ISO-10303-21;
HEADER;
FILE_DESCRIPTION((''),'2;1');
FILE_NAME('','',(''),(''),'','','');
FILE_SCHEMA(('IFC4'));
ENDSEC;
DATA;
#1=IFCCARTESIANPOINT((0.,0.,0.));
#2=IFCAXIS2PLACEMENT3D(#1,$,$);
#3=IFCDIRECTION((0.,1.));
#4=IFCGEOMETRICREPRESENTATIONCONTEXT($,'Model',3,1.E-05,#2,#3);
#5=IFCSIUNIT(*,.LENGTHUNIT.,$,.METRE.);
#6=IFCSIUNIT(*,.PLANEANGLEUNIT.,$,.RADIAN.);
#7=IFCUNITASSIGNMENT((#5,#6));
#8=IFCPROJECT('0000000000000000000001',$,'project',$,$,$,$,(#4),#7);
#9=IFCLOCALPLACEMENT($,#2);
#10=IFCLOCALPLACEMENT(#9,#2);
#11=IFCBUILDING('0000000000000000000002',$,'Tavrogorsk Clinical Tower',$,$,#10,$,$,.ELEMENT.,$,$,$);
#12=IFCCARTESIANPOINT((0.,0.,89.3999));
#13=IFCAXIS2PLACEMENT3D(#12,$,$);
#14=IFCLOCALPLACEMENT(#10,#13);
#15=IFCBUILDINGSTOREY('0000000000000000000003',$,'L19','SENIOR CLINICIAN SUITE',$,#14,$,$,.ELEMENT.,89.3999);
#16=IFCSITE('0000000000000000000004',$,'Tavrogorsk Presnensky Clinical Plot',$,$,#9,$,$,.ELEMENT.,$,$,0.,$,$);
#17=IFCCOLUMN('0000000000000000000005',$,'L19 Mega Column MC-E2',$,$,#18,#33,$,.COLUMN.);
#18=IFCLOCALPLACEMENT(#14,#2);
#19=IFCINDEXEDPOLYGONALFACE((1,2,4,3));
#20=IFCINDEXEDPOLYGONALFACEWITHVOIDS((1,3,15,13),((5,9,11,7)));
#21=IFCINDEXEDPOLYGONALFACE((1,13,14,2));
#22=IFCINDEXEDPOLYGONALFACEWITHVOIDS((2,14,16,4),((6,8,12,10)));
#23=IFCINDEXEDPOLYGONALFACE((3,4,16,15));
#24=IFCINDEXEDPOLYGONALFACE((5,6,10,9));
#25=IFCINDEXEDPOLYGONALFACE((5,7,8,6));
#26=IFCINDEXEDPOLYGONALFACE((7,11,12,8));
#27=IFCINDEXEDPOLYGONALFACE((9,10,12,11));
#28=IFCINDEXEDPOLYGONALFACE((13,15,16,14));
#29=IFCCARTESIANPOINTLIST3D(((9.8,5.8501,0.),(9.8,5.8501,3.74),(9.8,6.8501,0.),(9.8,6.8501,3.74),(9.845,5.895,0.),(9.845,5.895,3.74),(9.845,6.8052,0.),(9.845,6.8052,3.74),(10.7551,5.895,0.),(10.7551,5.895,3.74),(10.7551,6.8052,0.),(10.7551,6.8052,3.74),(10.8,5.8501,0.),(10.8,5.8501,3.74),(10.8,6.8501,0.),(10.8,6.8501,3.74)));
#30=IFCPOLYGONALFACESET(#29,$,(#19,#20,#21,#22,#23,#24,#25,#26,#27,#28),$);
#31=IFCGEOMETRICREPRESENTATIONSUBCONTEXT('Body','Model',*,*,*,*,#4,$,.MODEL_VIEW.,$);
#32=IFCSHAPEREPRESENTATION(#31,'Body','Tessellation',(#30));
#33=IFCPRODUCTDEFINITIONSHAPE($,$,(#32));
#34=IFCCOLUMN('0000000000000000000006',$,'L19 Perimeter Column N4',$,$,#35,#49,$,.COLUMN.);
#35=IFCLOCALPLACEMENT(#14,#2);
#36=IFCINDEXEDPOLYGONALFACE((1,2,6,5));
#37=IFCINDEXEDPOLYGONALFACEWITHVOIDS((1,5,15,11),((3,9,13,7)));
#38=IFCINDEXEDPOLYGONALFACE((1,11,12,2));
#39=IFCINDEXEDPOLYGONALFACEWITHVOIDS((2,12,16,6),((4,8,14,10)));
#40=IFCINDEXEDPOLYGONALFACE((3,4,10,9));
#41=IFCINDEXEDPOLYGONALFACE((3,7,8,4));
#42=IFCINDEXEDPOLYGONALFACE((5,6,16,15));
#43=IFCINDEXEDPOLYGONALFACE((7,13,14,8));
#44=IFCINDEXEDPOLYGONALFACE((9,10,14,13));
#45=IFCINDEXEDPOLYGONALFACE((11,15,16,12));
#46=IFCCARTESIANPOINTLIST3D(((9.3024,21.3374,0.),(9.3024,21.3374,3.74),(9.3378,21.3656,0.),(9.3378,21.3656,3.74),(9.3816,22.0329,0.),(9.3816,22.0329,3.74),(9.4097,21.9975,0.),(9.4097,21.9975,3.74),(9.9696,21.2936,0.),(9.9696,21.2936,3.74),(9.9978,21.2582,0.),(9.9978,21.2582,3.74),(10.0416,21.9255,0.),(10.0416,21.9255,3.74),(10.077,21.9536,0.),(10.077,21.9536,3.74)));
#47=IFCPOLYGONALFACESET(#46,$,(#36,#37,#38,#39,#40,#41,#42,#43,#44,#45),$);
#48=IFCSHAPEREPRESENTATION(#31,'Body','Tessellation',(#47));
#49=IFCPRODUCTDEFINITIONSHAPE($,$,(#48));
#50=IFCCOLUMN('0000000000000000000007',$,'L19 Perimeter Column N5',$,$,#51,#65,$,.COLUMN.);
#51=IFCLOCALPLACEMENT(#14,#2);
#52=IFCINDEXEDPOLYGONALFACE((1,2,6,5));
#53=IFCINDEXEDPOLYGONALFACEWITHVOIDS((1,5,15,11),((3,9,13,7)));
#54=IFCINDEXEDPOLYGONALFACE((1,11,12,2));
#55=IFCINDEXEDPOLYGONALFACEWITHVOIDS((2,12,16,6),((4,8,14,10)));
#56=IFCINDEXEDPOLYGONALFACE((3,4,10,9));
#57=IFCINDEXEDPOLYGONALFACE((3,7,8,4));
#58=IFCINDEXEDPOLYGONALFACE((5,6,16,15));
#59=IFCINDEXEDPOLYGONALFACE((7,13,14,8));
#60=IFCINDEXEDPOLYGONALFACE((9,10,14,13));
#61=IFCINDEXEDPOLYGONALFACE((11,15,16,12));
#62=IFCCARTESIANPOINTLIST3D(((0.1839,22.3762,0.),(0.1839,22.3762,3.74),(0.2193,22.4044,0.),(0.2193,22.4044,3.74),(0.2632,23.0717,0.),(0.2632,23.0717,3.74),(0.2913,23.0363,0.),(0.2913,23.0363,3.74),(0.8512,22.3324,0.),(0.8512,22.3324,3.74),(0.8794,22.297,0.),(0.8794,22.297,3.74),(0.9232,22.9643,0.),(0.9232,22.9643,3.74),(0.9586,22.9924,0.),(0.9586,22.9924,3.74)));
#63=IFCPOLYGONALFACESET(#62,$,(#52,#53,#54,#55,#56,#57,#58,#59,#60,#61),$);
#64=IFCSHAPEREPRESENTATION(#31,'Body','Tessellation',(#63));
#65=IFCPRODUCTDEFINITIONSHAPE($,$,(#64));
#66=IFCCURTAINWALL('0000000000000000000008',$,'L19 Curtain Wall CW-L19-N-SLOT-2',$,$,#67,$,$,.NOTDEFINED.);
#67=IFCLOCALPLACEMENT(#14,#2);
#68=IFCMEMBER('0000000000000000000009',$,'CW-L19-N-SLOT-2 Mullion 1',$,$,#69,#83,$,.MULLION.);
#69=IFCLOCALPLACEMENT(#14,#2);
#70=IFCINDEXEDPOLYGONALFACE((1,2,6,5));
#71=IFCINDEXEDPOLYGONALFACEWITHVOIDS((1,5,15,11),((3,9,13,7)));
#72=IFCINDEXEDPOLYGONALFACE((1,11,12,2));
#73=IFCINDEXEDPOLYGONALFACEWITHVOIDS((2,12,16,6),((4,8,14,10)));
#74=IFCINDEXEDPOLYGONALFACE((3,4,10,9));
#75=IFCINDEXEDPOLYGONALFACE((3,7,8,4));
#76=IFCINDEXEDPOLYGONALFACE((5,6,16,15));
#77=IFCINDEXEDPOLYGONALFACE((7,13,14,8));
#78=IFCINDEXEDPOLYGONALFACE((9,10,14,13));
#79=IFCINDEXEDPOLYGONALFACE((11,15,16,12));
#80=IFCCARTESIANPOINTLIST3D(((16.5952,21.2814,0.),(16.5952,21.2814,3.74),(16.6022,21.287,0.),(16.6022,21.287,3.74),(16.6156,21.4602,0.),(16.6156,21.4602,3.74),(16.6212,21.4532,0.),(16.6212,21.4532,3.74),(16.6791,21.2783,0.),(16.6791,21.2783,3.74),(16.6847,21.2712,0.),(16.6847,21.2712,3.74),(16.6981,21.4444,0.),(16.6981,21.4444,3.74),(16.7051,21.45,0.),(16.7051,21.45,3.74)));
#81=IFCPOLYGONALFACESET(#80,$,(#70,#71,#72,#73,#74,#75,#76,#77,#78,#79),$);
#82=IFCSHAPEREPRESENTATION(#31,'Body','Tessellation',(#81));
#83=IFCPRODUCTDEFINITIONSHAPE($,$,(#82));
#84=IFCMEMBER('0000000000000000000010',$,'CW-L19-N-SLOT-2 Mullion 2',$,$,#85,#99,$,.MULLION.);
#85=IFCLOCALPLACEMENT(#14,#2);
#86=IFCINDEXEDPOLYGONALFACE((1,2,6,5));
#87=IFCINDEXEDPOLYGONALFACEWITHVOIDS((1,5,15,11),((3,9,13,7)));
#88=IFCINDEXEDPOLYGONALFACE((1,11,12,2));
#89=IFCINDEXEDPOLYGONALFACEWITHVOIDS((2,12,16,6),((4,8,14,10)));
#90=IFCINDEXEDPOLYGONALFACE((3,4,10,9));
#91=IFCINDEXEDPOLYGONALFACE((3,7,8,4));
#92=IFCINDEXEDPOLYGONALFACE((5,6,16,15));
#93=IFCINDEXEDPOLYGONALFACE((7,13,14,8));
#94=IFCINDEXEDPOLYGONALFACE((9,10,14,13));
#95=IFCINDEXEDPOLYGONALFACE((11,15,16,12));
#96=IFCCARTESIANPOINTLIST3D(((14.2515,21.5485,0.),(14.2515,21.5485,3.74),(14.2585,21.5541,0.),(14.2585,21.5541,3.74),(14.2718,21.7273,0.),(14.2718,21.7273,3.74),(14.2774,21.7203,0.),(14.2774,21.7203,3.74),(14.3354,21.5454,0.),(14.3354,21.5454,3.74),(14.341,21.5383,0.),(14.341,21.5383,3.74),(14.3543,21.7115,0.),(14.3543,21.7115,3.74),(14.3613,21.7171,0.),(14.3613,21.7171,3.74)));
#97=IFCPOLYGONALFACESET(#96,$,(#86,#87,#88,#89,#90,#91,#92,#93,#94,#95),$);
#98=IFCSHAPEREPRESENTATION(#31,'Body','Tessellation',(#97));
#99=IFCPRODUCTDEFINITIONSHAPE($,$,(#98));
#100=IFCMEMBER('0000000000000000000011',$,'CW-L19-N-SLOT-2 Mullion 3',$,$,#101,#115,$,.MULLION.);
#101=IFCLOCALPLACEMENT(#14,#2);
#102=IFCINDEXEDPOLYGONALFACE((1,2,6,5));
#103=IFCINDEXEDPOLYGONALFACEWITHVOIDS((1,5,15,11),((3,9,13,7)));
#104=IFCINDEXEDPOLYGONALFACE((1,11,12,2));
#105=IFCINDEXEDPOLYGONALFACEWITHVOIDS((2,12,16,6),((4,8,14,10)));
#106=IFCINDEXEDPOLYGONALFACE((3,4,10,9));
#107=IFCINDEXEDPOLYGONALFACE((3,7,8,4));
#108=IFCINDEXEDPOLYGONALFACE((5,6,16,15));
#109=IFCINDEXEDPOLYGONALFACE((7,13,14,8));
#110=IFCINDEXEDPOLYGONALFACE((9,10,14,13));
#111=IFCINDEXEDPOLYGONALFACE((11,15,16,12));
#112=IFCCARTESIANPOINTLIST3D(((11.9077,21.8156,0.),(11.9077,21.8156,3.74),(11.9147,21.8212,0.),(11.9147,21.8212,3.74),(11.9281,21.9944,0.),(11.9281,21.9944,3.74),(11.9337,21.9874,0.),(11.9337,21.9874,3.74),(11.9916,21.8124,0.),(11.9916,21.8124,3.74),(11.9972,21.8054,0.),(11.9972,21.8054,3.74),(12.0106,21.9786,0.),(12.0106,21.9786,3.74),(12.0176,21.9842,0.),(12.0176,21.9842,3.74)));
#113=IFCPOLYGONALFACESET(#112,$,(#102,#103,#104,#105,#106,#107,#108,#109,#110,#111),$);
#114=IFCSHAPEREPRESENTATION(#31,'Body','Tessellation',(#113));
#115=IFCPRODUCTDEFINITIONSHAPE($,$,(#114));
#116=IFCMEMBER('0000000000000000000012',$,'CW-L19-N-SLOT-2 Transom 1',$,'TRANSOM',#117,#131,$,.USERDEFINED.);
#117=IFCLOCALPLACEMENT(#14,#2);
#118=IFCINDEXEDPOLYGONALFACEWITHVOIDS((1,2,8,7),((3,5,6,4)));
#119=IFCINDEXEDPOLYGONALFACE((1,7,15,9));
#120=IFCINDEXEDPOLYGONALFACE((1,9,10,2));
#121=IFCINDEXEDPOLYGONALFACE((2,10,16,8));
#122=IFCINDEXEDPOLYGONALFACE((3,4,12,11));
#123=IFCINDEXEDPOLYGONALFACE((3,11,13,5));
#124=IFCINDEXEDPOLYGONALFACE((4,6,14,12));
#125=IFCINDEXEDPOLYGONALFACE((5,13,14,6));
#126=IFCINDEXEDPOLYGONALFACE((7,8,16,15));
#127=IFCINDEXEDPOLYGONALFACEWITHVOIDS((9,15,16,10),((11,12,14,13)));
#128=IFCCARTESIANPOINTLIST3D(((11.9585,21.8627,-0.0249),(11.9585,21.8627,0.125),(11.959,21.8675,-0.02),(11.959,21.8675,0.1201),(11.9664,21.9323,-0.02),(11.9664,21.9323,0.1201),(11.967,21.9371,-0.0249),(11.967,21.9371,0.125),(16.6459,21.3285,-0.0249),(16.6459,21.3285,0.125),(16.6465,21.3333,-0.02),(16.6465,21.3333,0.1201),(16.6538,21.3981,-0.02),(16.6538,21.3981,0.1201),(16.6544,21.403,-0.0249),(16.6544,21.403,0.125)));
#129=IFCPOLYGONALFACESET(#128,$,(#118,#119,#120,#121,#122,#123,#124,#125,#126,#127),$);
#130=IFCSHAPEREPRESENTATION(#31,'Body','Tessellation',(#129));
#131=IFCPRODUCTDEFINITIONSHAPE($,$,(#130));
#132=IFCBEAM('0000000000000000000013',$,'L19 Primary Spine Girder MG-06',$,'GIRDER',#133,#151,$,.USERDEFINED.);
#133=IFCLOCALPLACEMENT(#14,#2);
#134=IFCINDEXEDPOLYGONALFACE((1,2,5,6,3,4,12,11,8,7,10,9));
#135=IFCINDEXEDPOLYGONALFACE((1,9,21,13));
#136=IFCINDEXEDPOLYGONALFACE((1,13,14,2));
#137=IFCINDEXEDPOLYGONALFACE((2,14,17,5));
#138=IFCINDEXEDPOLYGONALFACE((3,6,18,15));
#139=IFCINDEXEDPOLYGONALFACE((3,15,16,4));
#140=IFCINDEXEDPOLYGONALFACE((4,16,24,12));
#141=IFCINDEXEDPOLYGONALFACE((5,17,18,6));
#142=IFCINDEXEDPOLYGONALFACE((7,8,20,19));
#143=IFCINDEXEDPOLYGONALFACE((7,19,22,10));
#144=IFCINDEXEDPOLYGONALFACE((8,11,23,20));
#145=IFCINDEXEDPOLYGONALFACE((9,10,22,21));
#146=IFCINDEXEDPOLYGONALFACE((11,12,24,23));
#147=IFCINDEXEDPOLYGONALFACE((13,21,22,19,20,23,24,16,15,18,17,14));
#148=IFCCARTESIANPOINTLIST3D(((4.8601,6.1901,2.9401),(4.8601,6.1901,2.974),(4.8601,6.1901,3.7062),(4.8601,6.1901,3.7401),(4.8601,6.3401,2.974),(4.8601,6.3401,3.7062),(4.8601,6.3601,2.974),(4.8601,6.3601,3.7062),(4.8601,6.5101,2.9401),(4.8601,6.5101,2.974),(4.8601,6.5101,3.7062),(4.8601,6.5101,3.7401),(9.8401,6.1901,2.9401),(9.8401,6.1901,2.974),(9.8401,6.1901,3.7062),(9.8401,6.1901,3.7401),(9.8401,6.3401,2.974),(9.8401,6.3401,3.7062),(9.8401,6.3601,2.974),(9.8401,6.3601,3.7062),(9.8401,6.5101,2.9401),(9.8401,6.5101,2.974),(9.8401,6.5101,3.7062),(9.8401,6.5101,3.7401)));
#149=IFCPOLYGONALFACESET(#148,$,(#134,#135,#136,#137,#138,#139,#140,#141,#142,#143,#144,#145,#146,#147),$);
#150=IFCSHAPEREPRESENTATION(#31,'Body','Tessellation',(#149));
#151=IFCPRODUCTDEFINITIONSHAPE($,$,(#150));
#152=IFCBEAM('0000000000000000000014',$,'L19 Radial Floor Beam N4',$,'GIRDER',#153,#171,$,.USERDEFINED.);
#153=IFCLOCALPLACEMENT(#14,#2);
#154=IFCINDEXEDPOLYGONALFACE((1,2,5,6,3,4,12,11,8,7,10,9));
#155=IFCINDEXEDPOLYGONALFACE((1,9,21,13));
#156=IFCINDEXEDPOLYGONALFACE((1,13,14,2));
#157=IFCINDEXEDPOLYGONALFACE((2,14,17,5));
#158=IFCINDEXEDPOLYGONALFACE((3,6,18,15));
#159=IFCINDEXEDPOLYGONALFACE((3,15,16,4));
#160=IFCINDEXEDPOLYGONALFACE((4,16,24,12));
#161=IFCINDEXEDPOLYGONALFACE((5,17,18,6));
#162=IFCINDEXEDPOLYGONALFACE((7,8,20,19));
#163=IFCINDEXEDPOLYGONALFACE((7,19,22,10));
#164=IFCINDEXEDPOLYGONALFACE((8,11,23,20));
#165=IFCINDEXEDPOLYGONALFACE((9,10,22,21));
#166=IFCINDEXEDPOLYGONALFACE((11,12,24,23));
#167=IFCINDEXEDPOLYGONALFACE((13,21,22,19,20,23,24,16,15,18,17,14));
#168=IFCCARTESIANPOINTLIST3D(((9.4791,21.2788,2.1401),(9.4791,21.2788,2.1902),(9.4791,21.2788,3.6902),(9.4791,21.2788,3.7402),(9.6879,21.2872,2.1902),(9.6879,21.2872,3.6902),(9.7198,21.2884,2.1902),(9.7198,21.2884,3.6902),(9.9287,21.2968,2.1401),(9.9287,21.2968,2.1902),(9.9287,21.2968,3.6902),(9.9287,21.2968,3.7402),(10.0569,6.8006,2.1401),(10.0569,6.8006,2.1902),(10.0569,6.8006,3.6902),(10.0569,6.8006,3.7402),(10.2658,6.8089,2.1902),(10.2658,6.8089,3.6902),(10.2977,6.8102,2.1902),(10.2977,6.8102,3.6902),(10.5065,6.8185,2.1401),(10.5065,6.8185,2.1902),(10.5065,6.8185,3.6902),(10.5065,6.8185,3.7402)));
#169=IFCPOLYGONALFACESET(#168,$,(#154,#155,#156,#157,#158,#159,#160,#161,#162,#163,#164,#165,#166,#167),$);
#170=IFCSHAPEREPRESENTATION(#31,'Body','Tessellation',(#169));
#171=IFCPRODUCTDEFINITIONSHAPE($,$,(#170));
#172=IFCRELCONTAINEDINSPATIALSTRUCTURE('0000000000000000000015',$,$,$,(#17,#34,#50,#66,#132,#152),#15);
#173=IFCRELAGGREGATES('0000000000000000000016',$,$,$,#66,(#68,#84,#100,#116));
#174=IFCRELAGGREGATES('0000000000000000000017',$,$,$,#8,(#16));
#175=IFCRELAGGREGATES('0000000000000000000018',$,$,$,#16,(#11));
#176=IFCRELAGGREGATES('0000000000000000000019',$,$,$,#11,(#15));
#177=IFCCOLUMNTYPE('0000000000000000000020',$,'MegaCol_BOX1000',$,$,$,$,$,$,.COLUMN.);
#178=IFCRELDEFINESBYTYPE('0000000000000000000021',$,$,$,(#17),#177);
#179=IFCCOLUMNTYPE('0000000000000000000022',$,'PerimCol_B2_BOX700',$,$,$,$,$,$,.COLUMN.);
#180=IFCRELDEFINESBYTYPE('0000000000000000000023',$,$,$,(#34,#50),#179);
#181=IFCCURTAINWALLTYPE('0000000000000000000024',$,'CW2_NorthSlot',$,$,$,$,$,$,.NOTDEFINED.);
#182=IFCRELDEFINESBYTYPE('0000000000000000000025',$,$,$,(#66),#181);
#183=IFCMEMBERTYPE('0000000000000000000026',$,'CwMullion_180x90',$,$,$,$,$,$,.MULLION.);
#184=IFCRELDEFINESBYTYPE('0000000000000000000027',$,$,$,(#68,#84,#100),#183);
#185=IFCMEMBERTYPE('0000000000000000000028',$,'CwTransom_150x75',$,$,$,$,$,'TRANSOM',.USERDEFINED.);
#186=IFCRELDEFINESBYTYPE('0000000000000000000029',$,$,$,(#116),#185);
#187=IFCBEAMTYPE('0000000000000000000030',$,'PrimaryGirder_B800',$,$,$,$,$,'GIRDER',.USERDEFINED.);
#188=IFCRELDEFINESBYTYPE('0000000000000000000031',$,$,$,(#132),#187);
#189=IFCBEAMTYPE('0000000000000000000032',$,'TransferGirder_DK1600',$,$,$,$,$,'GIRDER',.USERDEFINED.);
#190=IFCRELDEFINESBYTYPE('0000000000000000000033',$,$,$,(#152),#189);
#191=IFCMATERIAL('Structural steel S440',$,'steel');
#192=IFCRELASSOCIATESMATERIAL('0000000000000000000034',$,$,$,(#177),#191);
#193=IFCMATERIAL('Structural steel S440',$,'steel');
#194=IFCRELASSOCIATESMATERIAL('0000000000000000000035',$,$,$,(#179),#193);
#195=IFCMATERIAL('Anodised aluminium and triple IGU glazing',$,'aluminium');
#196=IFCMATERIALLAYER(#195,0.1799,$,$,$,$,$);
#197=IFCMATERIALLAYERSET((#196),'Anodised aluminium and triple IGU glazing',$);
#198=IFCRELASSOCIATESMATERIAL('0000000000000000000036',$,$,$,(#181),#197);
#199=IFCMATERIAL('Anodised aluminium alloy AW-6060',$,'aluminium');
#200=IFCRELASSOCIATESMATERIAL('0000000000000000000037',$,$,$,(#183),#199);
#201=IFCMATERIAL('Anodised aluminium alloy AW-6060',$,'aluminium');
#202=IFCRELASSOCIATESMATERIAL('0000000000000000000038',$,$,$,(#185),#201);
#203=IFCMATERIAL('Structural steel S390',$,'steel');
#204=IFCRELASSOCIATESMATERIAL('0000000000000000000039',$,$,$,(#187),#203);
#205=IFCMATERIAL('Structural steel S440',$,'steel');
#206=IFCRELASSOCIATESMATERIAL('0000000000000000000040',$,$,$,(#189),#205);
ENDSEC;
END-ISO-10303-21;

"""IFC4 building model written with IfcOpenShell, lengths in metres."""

from ifc_helpers import new_model, si_unit, direction, frame, origin, origin_2d, place, context, subcontext, project, spatial, hollow_rectangle, i_section, extrude, material, layer, layer_set, material_profile, profile_set, type_object, element, aggregate, save


model = new_model("IFC4")

# Units and contexts
model_context = context("Model", 3, precision=1e-05, world=origin(), true_north=direction((0.0, 1.0)))
body_context = subcontext(model_context, "Body", "Model", "MODEL_VIEW")
ifc_project = project(units=[si_unit("LENGTHUNIT", "METRE"), si_unit("PLANEANGLEUNIT", "RADIAN")], contexts=[model_context])

# Site, building, storey
site_placement = place(None, origin())
site = spatial("IfcSite", under=ifc_project, at=site_placement, Name="Tavrogorsk Presnensky Clinical Plot", CompositionType="ELEMENT", RefElevation=0.0)
building_placement = place(site_placement, origin())
building = spatial("IfcBuilding", under=site, at=building_placement, Name="Tavrogorsk Clinical Tower", CompositionType="ELEMENT")
storey_placement = place(building_placement, frame((0.0, 0.0, 89.3999)))
storey = spatial("IfcBuildingStorey", under=building, at=storey_placement, Name="L19", Description="SENIOR CLINICIAN SUITE", CompositionType="ELEMENT", Elevation=89.3999)

# Columns
ifc_material_1 = material(Name="Structural steel S440", Category="steel")
ifc_material_profile_1 = material_profile(ifc_material_1, hollow_rectangle(XDim=1.0, YDim=1.0, WallThickness=0.0449, at=origin_2d()), Name="BOX-1000x1000x45")
ifc_profile_set_1 = profile_set([ifc_material_profile_1], Name="Structural steel S440")
column_type_1 = type_object("IfcColumnType", Name="MegaCol_BOX1000", PredefinedType="COLUMN", material=ifc_profile_set_1)
column_placement = place(storey_placement, frame((10.3, 6.3501, 0.0), z_axis=(0.0, 0.0, 1.0), x_axis=(1.0, 0.0, 0.0)))
element("IfcColumn", 1, at=column_placement, inside=storey, type_object=column_type_1, Name="L19 Mega Column MC-E2", PredefinedType="COLUMN", context=body_context, shape_type="SweptSolid", body=[
    extrude(hollow_rectangle(XDim=1.0, YDim=1.0, WallThickness=0.0449, at=origin_2d()), origin(), (0.0, 0.0, 1.0), 3.74),
])
ifc_material_2 = material(Name="Structural steel S440", Category="steel")
ifc_material_profile_2 = material_profile(ifc_material_2, hollow_rectangle(XDim=0.7, YDim=0.7, WallThickness=0.032, at=origin_2d()), Name="BOX-700x700x32")
ifc_profile_set_2 = profile_set([ifc_material_profile_2], Name="Structural steel S440")
column_type_2 = type_object("IfcColumnType", Name="PerimCol_B2_BOX700", PredefinedType="COLUMN", material=ifc_profile_set_2)
for number, where, z_axis, x_axis, name in (
    (2, (9.6897, 21.6455, 0.0), (0.0, 0.0, 1.0), (0.993572, -0.113203, 0.0), "L19 Perimeter Column N4"),
    (3, (0.5713, 22.6843, 0.0), (0.0, 0.0, 1.0), (0.993572, -0.113203, 0.0), "L19 Perimeter Column N5"),
):
    element("IfcColumn", number, at=place(storey_placement, frame(where, z_axis=z_axis, x_axis=x_axis)), inside=storey, type_object=column_type_2, Name=name, PredefinedType="COLUMN", context=body_context, shape_type="SweptSolid", body=[
        extrude(hollow_rectangle(XDim=0.7, YDim=0.7, WallThickness=0.032, at=origin_2d()), origin(), (0.0, 0.0, 1.0), 3.74),
    ])

# Curtain wall, members
ifc_material_3 = material(Name="Anodised aluminium and triple IGU glazing", Category="aluminium")
ifc_layer_1 = layer(ifc_material_3, 0.1799)
ifc_layer_set_1 = layer_set([ifc_layer_1], Name="Anodised aluminium and triple IGU glazing")
curtain_wall_type = type_object("IfcCurtainWallType", Name="CW2_NorthSlot", PredefinedType="NOTDEFINED", material=ifc_layer_set_1)
curtain_wall_placement = place(storey_placement, origin())
curtain_wall = element("IfcCurtainWall", 4, at=curtain_wall_placement, inside=storey, type_object=curtain_wall_type, Name="L19 Curtain Wall CW-L19-N-SLOT-2", PredefinedType="NOTDEFINED")
ifc_material_4 = material(Name="Anodised aluminium alloy AW-6060", Category="aluminium")
ifc_material_profile_3 = material_profile(ifc_material_4, hollow_rectangle(XDim=0.0901, YDim=0.1799, WallThickness=0.0063, at=origin_2d()), Name="RHS-180x90x6.3")
ifc_profile_set_3 = profile_set([ifc_material_profile_3], Name="Anodised aluminium alloy AW-6060")
member_type_1 = type_object("IfcMemberType", Name="CwMullion_180x90", PredefinedType="MULLION", material=ifc_profile_set_3)
member_1_placement = place(storey_placement, frame((16.6501, 21.3657, 0.0), z_axis=(0.0, 0.0, 1.0), x_axis=(-0.993572, 0.113203, 0.0)))
member_1 = element("IfcMember", 5, at=member_1_placement, type_object=member_type_1, Name="CW-L19-N-SLOT-2 Mullion 1", PredefinedType="MULLION", context=body_context, shape_type="SweptSolid", body=[
    extrude(hollow_rectangle(XDim=0.0901, YDim=0.1799, WallThickness=0.0063, at=origin_2d()), origin(), (0.0, 0.0, 1.0), 3.74),
])
member_2_placement = place(storey_placement, frame((14.3064, 21.6328, 0.0), z_axis=(0.0, 0.0, 1.0), x_axis=(-0.993572, 0.113203, 0.0)))
member_2 = element("IfcMember", 6, at=member_2_placement, type_object=member_type_1, Name="CW-L19-N-SLOT-2 Mullion 2", PredefinedType="MULLION", context=body_context, shape_type="SweptSolid", body=[
    extrude(hollow_rectangle(XDim=0.0901, YDim=0.1799, WallThickness=0.0063, at=origin_2d()), origin(), (0.0, 0.0, 1.0), 3.74),
])
member_3_placement = place(storey_placement, frame((11.9626, 21.8999, 0.0), z_axis=(0.0, 0.0, 1.0), x_axis=(-0.993572, 0.113203, 0.0)))
member_3 = element("IfcMember", 7, at=member_3_placement, type_object=member_type_1, Name="CW-L19-N-SLOT-2 Mullion 3", PredefinedType="MULLION", context=body_context, shape_type="SweptSolid", body=[
    extrude(hollow_rectangle(XDim=0.0901, YDim=0.1799, WallThickness=0.0063, at=origin_2d()), origin(), (0.0, 0.0, 1.0), 3.74),
])
ifc_material_5 = material(Name="Anodised aluminium alloy AW-6060", Category="aluminium")
ifc_material_profile_4 = material_profile(ifc_material_5, hollow_rectangle(XDim=0.075, YDim=0.1499, WallThickness=0.0049, at=origin_2d()), Name="RHS-150x75x5")
ifc_profile_set_4 = profile_set([ifc_material_profile_4], Name="Anodised aluminium alloy AW-6060")
member_type_2 = type_object("IfcMemberType", Name="CwTransom_150x75", ElementType="TRANSOM", PredefinedType="USERDEFINED", material=ifc_profile_set_4)
member_4_placement = place(storey_placement, frame((16.6501, 21.3657, 0.05), z_axis=(-0.993569, 0.113226, 0.0), x_axis=(-0.113226, -0.993569, 0.0)))
member_4 = element("IfcMember", 8, at=member_4_placement, type_object=member_type_2, Name="CW-L19-N-SLOT-2 Transom 1", ObjectType="TRANSOM", PredefinedType="USERDEFINED", context=body_context, shape_type="SweptSolid", body=[
    extrude(hollow_rectangle(XDim=0.075, YDim=0.1499, WallThickness=0.0049, at=origin_2d()), origin(), (0.0, 0.0, 1.0), 4.7178),
])

# Beams
ifc_material_6 = material(Name="Structural steel S390", Category="steel")
ifc_material_profile_5 = material_profile(ifc_material_6, i_section(OverallWidth=0.3201, OverallDepth=0.8, WebThickness=0.02, FlangeThickness=0.0339, at=origin_2d()), Name="B-800x320x20x34")
ifc_profile_set_5 = profile_set([ifc_material_profile_5], Name="Structural steel S390")
beam_type_1 = type_object("IfcBeamType", Name="PrimaryGirder_B800", ElementType="GIRDER", PredefinedType="USERDEFINED", material=ifc_profile_set_5)
beam_1_placement = place(storey_placement, frame((4.8601, 6.3501, 3.3401), z_axis=(1.0, 0.0, 0.0), x_axis=(0.0, 1.0, 0.0)))
element("IfcBeam", 9, at=beam_1_placement, inside=storey, type_object=beam_type_1, Name="L19 Primary Spine Girder MG-06", ObjectType="GIRDER", PredefinedType="USERDEFINED", context=body_context, shape_type="SweptSolid", body=[
    extrude(i_section(OverallWidth=0.3201, OverallDepth=0.8, WebThickness=0.02, FlangeThickness=0.0339, at=origin_2d()), origin(), (0.0, 0.0, 1.0), 4.98),
])
ifc_material_7 = material(Name="Structural steel S440", Category="steel")
ifc_material_profile_6 = material_profile(ifc_material_7, i_section(OverallWidth=0.45, OverallDepth=1.6001, WebThickness=0.032, FlangeThickness=0.05, at=origin_2d()), Name="DK-1600x450x32x50")
ifc_profile_set_6 = profile_set([ifc_material_profile_6], Name="Structural steel S440")
beam_type_2 = type_object("IfcBeamType", Name="TransferGirder_DK1600", ElementType="GIRDER", PredefinedType="USERDEFINED", material=ifc_profile_set_6)
beam_2_placement = place(storey_placement, frame((10.2817, 6.8096, 2.9402), z_axis=(-0.039882, 0.999204, 0.0), x_axis=(-0.999204, -0.039882, 0.0)))
element("IfcBeam", 10, at=beam_2_placement, inside=storey, type_object=beam_type_2, Name="L19 Radial Floor Beam N4", ObjectType="GIRDER", PredefinedType="USERDEFINED", context=body_context, shape_type="SweptSolid", body=[
    extrude(i_section(OverallWidth=0.45, OverallDepth=1.6001, WebThickness=0.032, FlangeThickness=0.05, at=origin_2d()), origin(), (0.0, 0.0, 1.0), 14.4897),
])

aggregate(curtain_wall, [member_1, member_2, member_3, member_4])

save(model, "model.ifc")
